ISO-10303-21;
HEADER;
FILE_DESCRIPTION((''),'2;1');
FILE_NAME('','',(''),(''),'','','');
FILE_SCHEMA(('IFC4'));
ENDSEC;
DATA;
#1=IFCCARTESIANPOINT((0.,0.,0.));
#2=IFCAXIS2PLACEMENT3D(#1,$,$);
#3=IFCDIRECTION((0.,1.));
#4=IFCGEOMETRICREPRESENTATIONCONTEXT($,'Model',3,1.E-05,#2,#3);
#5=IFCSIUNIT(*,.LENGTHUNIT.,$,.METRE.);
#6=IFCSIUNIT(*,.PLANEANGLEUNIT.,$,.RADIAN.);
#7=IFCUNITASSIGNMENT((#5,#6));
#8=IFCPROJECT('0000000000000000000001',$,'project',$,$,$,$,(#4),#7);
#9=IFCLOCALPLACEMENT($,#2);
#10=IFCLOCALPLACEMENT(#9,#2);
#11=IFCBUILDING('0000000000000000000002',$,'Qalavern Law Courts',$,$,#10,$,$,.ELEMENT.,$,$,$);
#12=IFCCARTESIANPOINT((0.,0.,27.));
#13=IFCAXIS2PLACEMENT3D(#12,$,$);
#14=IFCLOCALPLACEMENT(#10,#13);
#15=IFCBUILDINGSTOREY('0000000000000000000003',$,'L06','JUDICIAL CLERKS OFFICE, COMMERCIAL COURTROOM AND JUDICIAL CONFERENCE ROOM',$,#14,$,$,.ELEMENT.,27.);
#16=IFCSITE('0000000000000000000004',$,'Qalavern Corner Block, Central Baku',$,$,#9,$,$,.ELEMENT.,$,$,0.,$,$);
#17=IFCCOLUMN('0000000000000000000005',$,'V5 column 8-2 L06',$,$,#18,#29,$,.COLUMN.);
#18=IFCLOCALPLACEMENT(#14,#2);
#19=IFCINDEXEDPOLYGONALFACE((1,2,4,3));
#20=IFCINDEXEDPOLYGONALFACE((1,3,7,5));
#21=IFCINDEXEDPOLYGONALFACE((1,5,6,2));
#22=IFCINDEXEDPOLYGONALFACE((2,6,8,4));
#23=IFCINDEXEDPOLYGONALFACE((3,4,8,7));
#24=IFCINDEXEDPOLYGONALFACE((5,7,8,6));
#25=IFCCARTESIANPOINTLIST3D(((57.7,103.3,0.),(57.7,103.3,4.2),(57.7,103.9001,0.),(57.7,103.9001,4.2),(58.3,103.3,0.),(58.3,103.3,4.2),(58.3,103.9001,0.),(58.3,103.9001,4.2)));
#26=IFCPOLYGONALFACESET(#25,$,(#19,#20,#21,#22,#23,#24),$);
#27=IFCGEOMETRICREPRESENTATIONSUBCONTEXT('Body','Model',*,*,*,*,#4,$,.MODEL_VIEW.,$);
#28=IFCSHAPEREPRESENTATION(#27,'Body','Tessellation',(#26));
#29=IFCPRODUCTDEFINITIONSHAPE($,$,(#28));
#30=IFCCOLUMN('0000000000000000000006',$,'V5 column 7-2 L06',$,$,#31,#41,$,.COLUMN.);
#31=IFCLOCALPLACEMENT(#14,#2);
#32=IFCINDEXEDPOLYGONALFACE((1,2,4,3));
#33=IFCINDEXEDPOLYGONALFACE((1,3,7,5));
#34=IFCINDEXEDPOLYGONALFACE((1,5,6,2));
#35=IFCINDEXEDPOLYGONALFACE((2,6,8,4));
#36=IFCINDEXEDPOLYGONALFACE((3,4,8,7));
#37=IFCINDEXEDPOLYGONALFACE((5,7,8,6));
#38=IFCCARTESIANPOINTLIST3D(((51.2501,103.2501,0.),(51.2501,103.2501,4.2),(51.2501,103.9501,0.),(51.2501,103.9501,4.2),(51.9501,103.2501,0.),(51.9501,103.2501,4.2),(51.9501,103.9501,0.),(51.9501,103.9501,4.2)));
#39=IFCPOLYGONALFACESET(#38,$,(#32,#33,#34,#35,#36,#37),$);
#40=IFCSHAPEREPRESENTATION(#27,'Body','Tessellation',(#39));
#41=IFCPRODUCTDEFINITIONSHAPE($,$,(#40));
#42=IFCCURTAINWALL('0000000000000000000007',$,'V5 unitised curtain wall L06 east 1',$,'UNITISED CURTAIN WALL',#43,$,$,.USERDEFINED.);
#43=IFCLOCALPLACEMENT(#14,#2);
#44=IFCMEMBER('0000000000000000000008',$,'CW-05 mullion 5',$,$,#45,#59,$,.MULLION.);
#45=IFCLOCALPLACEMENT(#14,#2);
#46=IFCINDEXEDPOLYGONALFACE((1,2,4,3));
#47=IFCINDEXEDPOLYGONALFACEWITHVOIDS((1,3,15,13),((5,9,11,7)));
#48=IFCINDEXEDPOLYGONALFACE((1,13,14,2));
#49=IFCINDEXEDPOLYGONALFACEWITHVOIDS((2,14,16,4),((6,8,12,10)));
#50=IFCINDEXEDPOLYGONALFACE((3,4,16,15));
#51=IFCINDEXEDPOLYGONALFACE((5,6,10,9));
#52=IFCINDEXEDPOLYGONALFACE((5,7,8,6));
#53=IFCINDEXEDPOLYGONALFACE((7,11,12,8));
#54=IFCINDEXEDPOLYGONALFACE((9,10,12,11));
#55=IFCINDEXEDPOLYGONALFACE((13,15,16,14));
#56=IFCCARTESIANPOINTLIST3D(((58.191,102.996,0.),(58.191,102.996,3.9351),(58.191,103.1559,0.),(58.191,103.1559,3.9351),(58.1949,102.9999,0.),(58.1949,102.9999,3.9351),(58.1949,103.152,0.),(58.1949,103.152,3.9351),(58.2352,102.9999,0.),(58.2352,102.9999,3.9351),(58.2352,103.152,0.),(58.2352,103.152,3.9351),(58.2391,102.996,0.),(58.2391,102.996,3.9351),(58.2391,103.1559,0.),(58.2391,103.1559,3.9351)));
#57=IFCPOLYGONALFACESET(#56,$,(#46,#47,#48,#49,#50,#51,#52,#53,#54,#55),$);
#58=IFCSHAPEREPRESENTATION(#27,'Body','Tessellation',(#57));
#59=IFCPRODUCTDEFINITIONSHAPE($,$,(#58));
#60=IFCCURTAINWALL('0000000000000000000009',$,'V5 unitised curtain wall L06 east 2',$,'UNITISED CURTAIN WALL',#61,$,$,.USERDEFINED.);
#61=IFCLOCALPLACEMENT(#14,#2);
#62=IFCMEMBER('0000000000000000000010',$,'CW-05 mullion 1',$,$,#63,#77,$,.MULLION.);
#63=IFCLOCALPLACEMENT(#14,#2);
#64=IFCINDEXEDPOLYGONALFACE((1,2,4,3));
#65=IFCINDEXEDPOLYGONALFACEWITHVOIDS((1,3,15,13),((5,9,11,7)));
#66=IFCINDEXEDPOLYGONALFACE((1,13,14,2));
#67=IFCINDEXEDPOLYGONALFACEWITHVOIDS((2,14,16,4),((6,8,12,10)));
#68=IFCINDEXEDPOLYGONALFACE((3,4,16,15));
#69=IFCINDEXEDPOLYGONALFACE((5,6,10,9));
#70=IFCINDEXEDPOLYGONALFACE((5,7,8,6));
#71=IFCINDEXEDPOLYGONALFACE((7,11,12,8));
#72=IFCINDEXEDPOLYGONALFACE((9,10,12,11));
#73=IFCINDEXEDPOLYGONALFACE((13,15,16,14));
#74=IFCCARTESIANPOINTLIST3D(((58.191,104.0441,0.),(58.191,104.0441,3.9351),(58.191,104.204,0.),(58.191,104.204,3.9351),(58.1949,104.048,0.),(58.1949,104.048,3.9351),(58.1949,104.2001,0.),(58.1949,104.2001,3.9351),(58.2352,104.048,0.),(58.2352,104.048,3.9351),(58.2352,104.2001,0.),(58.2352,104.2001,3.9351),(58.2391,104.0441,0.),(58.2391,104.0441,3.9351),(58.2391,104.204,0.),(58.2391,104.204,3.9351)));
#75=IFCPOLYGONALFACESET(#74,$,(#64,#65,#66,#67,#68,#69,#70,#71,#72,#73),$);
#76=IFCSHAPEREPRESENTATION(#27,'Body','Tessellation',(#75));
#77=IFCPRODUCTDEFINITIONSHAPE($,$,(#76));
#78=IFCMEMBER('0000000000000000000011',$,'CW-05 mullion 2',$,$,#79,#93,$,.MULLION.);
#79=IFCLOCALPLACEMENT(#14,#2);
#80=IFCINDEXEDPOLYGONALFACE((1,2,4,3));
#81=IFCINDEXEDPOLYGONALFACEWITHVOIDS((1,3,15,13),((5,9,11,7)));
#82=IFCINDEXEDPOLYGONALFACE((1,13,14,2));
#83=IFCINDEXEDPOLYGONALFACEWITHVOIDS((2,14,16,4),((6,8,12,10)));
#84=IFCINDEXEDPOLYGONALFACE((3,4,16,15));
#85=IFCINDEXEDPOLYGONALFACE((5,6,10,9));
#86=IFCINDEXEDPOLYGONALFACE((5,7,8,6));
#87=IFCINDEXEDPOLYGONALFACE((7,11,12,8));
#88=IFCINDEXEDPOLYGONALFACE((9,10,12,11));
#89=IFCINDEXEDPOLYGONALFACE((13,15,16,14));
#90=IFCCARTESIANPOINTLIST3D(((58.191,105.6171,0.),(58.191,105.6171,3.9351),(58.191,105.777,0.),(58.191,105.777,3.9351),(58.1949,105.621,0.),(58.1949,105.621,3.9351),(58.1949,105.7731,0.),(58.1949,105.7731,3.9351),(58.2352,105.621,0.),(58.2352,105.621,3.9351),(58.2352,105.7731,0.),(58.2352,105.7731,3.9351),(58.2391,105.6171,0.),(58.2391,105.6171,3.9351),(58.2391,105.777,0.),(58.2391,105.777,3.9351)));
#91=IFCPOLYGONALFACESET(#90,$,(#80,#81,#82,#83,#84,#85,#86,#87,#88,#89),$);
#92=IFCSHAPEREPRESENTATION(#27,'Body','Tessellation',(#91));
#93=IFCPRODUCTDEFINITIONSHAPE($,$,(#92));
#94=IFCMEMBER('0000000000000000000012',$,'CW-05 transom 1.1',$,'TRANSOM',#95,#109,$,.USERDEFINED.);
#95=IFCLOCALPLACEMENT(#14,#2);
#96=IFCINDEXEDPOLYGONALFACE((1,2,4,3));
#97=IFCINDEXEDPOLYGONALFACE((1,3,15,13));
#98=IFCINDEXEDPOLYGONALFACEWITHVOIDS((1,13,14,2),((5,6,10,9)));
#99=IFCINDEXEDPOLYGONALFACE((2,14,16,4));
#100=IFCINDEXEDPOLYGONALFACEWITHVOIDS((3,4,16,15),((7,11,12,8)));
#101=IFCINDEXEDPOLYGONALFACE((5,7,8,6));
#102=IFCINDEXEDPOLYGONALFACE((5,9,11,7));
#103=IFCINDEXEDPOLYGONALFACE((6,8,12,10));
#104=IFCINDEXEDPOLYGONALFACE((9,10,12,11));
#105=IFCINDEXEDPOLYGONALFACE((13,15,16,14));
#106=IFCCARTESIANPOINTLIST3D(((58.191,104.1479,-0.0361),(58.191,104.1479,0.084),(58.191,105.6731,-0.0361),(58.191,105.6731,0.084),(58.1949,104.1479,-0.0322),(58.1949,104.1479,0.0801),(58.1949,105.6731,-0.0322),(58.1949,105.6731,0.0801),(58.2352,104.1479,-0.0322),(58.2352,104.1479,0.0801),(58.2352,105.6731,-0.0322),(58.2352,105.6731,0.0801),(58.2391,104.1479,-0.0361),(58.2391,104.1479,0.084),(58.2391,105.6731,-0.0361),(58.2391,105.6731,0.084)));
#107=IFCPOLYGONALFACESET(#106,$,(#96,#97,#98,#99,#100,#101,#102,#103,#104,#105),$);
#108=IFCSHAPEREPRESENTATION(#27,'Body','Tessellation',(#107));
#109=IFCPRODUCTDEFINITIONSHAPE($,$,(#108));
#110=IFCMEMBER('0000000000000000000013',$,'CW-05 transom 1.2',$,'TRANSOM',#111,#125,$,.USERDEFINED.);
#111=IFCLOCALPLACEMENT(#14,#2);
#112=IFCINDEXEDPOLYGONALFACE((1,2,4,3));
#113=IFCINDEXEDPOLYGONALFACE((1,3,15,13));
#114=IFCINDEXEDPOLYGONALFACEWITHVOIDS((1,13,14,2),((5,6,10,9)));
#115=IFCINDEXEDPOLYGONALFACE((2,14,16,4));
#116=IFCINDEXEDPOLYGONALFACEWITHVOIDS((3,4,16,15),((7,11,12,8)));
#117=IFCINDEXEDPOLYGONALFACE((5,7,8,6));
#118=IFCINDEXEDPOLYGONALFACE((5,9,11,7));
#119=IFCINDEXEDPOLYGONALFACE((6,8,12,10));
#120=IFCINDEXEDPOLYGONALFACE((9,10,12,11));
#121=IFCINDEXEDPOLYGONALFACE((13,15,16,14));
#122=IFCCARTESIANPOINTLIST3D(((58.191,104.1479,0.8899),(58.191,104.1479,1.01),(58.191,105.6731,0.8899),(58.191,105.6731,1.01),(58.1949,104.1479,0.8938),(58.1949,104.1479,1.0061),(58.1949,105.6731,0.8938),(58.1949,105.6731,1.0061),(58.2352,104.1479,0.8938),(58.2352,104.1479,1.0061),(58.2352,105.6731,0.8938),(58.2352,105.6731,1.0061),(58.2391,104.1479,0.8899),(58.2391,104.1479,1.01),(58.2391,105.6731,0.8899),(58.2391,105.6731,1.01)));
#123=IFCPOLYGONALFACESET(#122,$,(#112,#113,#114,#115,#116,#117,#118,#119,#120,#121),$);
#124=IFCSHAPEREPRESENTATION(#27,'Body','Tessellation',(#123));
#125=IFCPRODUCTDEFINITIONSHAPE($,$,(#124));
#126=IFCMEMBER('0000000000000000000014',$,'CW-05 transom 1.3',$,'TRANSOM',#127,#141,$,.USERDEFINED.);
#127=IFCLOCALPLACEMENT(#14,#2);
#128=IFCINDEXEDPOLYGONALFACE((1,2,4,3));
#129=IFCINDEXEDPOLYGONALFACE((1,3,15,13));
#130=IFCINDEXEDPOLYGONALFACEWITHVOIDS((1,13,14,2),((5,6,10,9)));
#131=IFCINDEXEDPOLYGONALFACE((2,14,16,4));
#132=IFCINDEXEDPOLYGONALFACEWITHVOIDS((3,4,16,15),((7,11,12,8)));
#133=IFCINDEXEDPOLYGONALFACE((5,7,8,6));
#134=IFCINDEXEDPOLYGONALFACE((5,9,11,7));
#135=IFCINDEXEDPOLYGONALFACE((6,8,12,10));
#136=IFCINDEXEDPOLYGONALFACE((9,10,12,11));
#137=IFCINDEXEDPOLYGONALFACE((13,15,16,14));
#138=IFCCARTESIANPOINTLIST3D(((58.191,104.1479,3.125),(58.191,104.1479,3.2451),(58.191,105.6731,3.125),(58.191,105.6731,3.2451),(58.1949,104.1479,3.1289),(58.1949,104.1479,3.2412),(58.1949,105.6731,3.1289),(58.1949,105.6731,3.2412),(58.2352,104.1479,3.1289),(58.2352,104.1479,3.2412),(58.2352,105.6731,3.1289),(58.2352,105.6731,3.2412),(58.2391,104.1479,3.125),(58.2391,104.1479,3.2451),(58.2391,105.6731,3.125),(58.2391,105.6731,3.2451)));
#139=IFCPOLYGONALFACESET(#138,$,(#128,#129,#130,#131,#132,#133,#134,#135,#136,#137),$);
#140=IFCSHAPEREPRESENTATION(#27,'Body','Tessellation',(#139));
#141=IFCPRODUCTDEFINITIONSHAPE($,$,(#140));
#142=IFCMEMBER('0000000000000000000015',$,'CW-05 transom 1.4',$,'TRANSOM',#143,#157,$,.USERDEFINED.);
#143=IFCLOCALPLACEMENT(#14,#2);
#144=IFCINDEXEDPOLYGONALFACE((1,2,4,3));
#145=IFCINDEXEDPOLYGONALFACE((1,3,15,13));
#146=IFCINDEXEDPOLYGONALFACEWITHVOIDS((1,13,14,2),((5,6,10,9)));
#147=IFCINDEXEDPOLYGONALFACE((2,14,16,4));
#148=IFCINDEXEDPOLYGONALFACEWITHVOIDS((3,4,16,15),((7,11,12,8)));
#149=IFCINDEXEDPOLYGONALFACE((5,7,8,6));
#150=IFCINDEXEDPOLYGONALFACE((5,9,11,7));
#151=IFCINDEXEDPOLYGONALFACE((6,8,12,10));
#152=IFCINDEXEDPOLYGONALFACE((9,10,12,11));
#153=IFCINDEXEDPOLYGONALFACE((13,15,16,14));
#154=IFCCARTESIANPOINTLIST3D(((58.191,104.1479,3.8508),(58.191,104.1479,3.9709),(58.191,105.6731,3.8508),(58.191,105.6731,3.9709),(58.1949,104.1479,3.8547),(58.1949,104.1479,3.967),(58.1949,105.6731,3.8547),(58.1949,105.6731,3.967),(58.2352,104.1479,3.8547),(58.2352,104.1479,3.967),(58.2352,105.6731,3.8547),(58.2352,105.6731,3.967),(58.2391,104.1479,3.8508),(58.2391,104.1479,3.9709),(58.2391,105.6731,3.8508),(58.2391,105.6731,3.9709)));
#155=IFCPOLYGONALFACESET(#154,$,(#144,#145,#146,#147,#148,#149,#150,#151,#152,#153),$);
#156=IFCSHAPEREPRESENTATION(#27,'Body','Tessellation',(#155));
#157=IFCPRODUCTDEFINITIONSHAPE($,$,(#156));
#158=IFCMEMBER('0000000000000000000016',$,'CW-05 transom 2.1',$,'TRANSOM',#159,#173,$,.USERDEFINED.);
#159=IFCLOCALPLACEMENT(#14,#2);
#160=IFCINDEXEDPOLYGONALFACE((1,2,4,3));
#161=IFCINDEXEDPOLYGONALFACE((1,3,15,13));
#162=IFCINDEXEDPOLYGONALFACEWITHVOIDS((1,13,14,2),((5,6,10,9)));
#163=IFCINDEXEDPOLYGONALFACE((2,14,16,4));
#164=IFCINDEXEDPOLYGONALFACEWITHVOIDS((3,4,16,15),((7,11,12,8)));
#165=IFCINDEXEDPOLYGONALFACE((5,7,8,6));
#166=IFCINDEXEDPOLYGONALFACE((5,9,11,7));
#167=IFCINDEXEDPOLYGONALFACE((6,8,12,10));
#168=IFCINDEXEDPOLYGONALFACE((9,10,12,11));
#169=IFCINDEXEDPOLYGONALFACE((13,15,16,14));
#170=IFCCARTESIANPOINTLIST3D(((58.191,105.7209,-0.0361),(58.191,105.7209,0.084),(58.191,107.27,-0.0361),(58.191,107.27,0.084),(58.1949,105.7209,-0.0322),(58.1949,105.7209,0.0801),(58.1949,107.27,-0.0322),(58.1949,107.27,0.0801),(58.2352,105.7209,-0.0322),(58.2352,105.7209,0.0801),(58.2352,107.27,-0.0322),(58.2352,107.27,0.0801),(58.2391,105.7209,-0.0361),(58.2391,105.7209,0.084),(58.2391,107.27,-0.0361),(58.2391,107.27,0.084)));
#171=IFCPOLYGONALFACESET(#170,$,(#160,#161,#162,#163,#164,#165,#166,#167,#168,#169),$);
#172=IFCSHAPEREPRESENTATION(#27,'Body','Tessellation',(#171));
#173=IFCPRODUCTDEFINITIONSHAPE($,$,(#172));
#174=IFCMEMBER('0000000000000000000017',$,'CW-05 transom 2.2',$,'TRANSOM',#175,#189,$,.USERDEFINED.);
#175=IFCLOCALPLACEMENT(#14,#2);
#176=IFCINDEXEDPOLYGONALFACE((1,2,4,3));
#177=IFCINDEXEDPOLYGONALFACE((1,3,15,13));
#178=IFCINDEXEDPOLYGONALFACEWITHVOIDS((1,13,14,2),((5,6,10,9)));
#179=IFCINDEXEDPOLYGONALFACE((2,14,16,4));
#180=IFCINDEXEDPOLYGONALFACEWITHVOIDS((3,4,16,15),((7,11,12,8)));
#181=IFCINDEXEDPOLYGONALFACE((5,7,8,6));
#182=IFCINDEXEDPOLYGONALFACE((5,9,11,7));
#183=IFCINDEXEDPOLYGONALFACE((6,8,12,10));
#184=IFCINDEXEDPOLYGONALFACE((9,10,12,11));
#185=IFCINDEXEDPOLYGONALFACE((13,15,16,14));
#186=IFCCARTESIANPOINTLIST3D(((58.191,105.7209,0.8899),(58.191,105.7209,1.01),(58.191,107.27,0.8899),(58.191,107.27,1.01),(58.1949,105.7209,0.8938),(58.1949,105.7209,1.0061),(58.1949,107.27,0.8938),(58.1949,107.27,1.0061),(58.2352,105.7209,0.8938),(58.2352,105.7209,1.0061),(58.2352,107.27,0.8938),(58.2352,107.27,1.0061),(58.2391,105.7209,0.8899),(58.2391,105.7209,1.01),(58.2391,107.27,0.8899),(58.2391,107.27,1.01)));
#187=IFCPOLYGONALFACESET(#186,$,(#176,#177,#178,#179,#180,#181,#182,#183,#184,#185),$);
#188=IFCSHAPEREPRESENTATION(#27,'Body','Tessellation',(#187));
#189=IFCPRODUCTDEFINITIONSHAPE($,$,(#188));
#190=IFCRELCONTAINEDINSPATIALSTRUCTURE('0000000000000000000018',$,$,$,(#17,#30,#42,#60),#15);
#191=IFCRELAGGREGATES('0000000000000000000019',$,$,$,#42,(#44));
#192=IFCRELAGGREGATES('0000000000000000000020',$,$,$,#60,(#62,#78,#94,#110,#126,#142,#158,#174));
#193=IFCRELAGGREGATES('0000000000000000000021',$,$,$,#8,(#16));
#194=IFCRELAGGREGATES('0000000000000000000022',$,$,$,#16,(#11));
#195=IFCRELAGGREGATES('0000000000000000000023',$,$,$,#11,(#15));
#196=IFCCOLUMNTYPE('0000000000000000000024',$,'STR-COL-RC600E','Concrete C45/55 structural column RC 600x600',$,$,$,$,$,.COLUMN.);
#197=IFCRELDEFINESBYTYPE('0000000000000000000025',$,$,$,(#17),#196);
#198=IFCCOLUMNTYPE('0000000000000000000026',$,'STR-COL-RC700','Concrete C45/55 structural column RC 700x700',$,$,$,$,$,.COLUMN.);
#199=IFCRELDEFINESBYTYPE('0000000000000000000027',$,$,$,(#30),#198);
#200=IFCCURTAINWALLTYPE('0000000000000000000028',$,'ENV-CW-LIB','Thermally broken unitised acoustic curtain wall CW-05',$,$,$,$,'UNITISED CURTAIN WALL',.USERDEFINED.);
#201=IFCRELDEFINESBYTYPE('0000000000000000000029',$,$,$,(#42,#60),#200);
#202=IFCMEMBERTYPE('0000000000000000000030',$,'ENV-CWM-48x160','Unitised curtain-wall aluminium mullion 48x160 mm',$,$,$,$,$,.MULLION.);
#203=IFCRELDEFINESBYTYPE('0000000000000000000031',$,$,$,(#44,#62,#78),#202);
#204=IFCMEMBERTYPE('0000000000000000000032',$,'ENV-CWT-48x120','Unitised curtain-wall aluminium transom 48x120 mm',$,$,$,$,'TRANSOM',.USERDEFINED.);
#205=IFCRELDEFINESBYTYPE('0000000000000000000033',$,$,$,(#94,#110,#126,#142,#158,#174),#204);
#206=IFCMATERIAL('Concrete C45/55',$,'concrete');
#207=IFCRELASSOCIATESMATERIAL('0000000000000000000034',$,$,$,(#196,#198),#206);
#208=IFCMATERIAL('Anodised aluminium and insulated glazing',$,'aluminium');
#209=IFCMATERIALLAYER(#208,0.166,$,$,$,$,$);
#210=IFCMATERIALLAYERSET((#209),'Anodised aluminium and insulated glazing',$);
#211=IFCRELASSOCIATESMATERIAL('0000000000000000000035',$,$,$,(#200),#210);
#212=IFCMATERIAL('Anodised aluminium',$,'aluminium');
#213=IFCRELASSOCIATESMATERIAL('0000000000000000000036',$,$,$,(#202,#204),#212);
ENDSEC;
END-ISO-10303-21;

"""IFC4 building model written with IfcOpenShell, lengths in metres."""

from ifc_helpers import new_model, si_unit, direction, frame, origin, origin_2d, place, context, subcontext, project, spatial, rectangle, hollow_rectangle, extrude, material, layer, layer_set, material_profile, profile_set, type_object, element, aggregate, save


model = new_model("IFC4")

# Units and contexts
model_context = context("Model", 3, precision=1e-05, world=origin(), true_north=direction((0.0, 1.0)))
body_context = subcontext(model_context, "Body", "Model", "MODEL_VIEW")
ifc_project = project(units=[si_unit("LENGTHUNIT", "METRE"), si_unit("PLANEANGLEUNIT", "RADIAN")], contexts=[model_context])

# Site, building, storey
site_placement = place(None, origin())
site = spatial("IfcSite", under=ifc_project, at=site_placement, Name="Qalavern Corner Block, Central Baku", CompositionType="ELEMENT", RefElevation=0.0)
building_placement = place(site_placement, origin())
building = spatial("IfcBuilding", under=site, at=building_placement, Name="Qalavern Law Courts", CompositionType="ELEMENT")
storey_placement = place(building_placement, frame((0.0, 0.0, 27.0)))
storey = spatial("IfcBuildingStorey", under=building, at=storey_placement, Name="L06", Description="JUDICIAL CLERKS OFFICE, COMMERCIAL COURTROOM AND JUDICIAL CONFERENCE ROOM", CompositionType="ELEMENT", Elevation=27.0)

# Columns
ifc_material_1 = material(Name="Concrete C45/55", Category="concrete")
ifc_material_profile_1 = material_profile(ifc_material_1, rectangle(XDim=0.6001, YDim=0.6001, at=origin_2d()), Name="RC 600x600")
ifc_profile_set_1 = profile_set([ifc_material_profile_1], Name="Concrete C45/55")
column_type_1 = type_object("IfcColumnType", Name="STR-COL-RC600E", Description="Concrete C45/55 structural column RC 600x600", PredefinedType="COLUMN", material=ifc_profile_set_1)
column_1_placement = place(storey_placement, frame((58.0, 103.6001, 0.0), z_axis=(0.0, 0.0, 1.0), x_axis=(1.0, 0.0, 0.0)))
element("IfcColumn", 1, at=column_1_placement, inside=storey, type_object=column_type_1, Name="V5 column 8-2 L06", PredefinedType="COLUMN", context=body_context, shape_type="SweptSolid", body=[
    extrude(rectangle(XDim=0.6001, YDim=0.6001, at=origin_2d()), origin(), (0.0, 0.0, 1.0), 4.2),
])
ifc_material_profile_2 = material_profile(ifc_material_1, rectangle(XDim=0.7, YDim=0.7, at=origin_2d()), Name="RC 700x700")
ifc_profile_set_2 = profile_set([ifc_material_profile_2], Name="Concrete C45/55")
column_type_2 = type_object("IfcColumnType", Name="STR-COL-RC700", Description="Concrete C45/55 structural column RC 700x700", PredefinedType="COLUMN", material=ifc_profile_set_2)
column_2_placement = place(storey_placement, frame((51.6001, 103.6001, 0.0), z_axis=(0.0, 0.0, 1.0), x_axis=(1.0, 0.0, 0.0)))
element("IfcColumn", 2, at=column_2_placement, inside=storey, type_object=column_type_2, Name="V5 column 7-2 L06", PredefinedType="COLUMN", context=body_context, shape_type="SweptSolid", body=[
    extrude(rectangle(XDim=0.7, YDim=0.7, at=origin_2d()), origin(), (0.0, 0.0, 1.0), 4.2),
])

# Curtain wall, member
ifc_material_2 = material(Name="Anodised aluminium and insulated glazing", Category="aluminium")
ifc_layer_1 = layer(ifc_material_2, 0.166)
ifc_layer_set_1 = layer_set([ifc_layer_1], Name="Anodised aluminium and insulated glazing")
curtain_wall_type = type_object("IfcCurtainWallType", Name="ENV-CW-LIB", Description="Thermally broken unitised acoustic curtain wall CW-05", ElementType="UNITISED CURTAIN WALL", PredefinedType="USERDEFINED", material=ifc_layer_set_1)
curtain_wall_1_placement = place(storey_placement, origin())
curtain_wall_1 = element("IfcCurtainWall", 3, at=curtain_wall_1_placement, inside=storey, type_object=curtain_wall_type, Name="V5 unitised curtain wall L06 east 1", ObjectType="UNITISED CURTAIN WALL", PredefinedType="USERDEFINED")
ifc_material_3 = material(Name="Anodised aluminium", Category="aluminium")
ifc_material_profile_3 = material_profile(ifc_material_3, hollow_rectangle(XDim=0.0481, YDim=0.1599, WallThickness=0.0039, at=origin_2d()), Name="ALU MULLION 48x160")
ifc_profile_set_3 = profile_set([ifc_material_profile_3], Name="Anodised aluminium")
member_type_1 = type_object("IfcMemberType", Name="ENV-CWM-48x160", Description="Unitised curtain-wall aluminium mullion 48x160 mm", PredefinedType="MULLION", material=ifc_profile_set_3)
member_1_placement = place(storey_placement, frame((58.2151, 103.0759, 0.0), z_axis=(0.0, 0.0, 1.0), x_axis=(-1.0, 0.0, 0.0)))
member_1 = element("IfcMember", 4, at=member_1_placement, type_object=member_type_1, Name="CW-05 mullion 5", PredefinedType="MULLION", context=body_context, shape_type="SweptSolid", body=[
    extrude(hollow_rectangle(XDim=0.0481, YDim=0.1599, WallThickness=0.0039, at=origin_2d()), origin(), (0.0, 0.0, 1.0), 3.9351),
])

# Curtain wall, members
curtain_wall_2_placement = place(storey_placement, origin())
curtain_wall_2 = element("IfcCurtainWall", 5, at=curtain_wall_2_placement, inside=storey, type_object=curtain_wall_type, Name="V5 unitised curtain wall L06 east 2", ObjectType="UNITISED CURTAIN WALL", PredefinedType="USERDEFINED")
member_2_placement = place(storey_placement, frame((58.2151, 104.124, 0.0), z_axis=(0.0, 0.0, 1.0), x_axis=(-1.0, 0.0, 0.0)))
member_2 = element("IfcMember", 6, at=member_2_placement, type_object=member_type_1, Name="CW-05 mullion 1", PredefinedType="MULLION", context=body_context, shape_type="SweptSolid", body=[
    extrude(hollow_rectangle(XDim=0.0481, YDim=0.1599, WallThickness=0.0039, at=origin_2d()), origin(), (0.0, 0.0, 1.0), 3.9351),
])
member_3_placement = place(storey_placement, frame((58.2151, 105.697, 0.0), z_axis=(0.0, 0.0, 1.0), x_axis=(-1.0, 0.0, 0.0)))
member_3 = element("IfcMember", 7, at=member_3_placement, type_object=member_type_1, Name="CW-05 mullion 2", PredefinedType="MULLION", context=body_context, shape_type="SweptSolid", body=[
    extrude(hollow_rectangle(XDim=0.0481, YDim=0.1599, WallThickness=0.0039, at=origin_2d()), origin(), (0.0, 0.0, 1.0), 3.9351),
])
ifc_material_profile_4 = material_profile(ifc_material_3, hollow_rectangle(XDim=0.0481, YDim=0.1201, WallThickness=0.0039, at=origin_2d()), Name="ALU TRANSOM 48x120")
ifc_profile_set_4 = profile_set([ifc_material_profile_4], Name="Anodised aluminium")
member_type_2 = type_object("IfcMemberType", Name="ENV-CWT-48x120", Description="Unitised curtain-wall aluminium transom 48x120 mm", ElementType="TRANSOM", PredefinedType="USERDEFINED", material=ifc_profile_set_4)
member_4_placement = place(storey_placement, frame((58.2151, 104.1479, 0.0239), z_axis=(0.0, 1.0, 0.0), x_axis=(-1.0, 0.0, 0.0)))
member_4 = element("IfcMember", 8, at=member_4_placement, type_object=member_type_2, Name="CW-05 transom 1.1", ObjectType="TRANSOM", PredefinedType="USERDEFINED", context=body_context, shape_type="SweptSolid", body=[
    extrude(hollow_rectangle(XDim=0.0481, YDim=0.1201, WallThickness=0.0039, at=origin_2d()), origin(), (0.0, 0.0, 1.0), 1.5251),
])
member_5_placement = place(storey_placement, frame((58.2151, 104.1479, 0.95), z_axis=(0.0, 1.0, 0.0), x_axis=(-1.0, 0.0, 0.0)))
member_5 = element("IfcMember", 9, at=member_5_placement, type_object=member_type_2, Name="CW-05 transom 1.2", ObjectType="TRANSOM", PredefinedType="USERDEFINED", context=body_context, shape_type="SweptSolid", body=[
    extrude(hollow_rectangle(XDim=0.0481, YDim=0.1201, WallThickness=0.0039, at=origin_2d()), origin(), (0.0, 0.0, 1.0), 1.5251),
])
member_6_placement = place(storey_placement, frame((58.2151, 104.1479, 3.1851), z_axis=(0.0, 1.0, 0.0), x_axis=(-1.0, 0.0, 0.0)))
member_6 = element("IfcMember", 10, at=member_6_placement, type_object=member_type_2, Name="CW-05 transom 1.3", ObjectType="TRANSOM", PredefinedType="USERDEFINED", context=body_context, shape_type="SweptSolid", body=[
    extrude(hollow_rectangle(XDim=0.0481, YDim=0.1201, WallThickness=0.0039, at=origin_2d()), origin(), (0.0, 0.0, 1.0), 1.5251),
])
member_7_placement = place(storey_placement, frame((58.2151, 104.1479, 3.9109), z_axis=(0.0, 1.0, 0.0), x_axis=(-1.0, 0.0, 0.0)))
member_7 = element("IfcMember", 11, at=member_7_placement, type_object=member_type_2, Name="CW-05 transom 1.4", ObjectType="TRANSOM", PredefinedType="USERDEFINED", context=body_context, shape_type="SweptSolid", body=[
    extrude(hollow_rectangle(XDim=0.0481, YDim=0.1201, WallThickness=0.0039, at=origin_2d()), origin(), (0.0, 0.0, 1.0), 1.5251),
])
member_8_placement = place(storey_placement, frame((58.2151, 105.7209, 0.0239), z_axis=(0.0, 1.0, 0.0), x_axis=(-1.0, 0.0, 0.0)))
member_8 = element("IfcMember", 12, at=member_8_placement, type_object=member_type_2, Name="CW-05 transom 2.1", ObjectType="TRANSOM", PredefinedType="USERDEFINED", context=body_context, shape_type="SweptSolid", body=[
    extrude(hollow_rectangle(XDim=0.0481, YDim=0.1201, WallThickness=0.0039, at=origin_2d()), origin(), (0.0, 0.0, 1.0), 1.5491),
])
member_9_placement = place(storey_placement, frame((58.2151, 105.7209, 0.95), z_axis=(0.0, 1.0, 0.0), x_axis=(-1.0, 0.0, 0.0)))
member_9 = element("IfcMember", 13, at=member_9_placement, type_object=member_type_2, Name="CW-05 transom 2.2", ObjectType="TRANSOM", PredefinedType="USERDEFINED", context=body_context, shape_type="SweptSolid", body=[
    extrude(hollow_rectangle(XDim=0.0481, YDim=0.1201, WallThickness=0.0039, at=origin_2d()), origin(), (0.0, 0.0, 1.0), 1.5491),
])

aggregate(curtain_wall_1, [member_1])
aggregate(curtain_wall_2, [member_2, member_3, member_4, member_5, member_6, member_7, member_8, member_9])

save(model, "model.ifc")
